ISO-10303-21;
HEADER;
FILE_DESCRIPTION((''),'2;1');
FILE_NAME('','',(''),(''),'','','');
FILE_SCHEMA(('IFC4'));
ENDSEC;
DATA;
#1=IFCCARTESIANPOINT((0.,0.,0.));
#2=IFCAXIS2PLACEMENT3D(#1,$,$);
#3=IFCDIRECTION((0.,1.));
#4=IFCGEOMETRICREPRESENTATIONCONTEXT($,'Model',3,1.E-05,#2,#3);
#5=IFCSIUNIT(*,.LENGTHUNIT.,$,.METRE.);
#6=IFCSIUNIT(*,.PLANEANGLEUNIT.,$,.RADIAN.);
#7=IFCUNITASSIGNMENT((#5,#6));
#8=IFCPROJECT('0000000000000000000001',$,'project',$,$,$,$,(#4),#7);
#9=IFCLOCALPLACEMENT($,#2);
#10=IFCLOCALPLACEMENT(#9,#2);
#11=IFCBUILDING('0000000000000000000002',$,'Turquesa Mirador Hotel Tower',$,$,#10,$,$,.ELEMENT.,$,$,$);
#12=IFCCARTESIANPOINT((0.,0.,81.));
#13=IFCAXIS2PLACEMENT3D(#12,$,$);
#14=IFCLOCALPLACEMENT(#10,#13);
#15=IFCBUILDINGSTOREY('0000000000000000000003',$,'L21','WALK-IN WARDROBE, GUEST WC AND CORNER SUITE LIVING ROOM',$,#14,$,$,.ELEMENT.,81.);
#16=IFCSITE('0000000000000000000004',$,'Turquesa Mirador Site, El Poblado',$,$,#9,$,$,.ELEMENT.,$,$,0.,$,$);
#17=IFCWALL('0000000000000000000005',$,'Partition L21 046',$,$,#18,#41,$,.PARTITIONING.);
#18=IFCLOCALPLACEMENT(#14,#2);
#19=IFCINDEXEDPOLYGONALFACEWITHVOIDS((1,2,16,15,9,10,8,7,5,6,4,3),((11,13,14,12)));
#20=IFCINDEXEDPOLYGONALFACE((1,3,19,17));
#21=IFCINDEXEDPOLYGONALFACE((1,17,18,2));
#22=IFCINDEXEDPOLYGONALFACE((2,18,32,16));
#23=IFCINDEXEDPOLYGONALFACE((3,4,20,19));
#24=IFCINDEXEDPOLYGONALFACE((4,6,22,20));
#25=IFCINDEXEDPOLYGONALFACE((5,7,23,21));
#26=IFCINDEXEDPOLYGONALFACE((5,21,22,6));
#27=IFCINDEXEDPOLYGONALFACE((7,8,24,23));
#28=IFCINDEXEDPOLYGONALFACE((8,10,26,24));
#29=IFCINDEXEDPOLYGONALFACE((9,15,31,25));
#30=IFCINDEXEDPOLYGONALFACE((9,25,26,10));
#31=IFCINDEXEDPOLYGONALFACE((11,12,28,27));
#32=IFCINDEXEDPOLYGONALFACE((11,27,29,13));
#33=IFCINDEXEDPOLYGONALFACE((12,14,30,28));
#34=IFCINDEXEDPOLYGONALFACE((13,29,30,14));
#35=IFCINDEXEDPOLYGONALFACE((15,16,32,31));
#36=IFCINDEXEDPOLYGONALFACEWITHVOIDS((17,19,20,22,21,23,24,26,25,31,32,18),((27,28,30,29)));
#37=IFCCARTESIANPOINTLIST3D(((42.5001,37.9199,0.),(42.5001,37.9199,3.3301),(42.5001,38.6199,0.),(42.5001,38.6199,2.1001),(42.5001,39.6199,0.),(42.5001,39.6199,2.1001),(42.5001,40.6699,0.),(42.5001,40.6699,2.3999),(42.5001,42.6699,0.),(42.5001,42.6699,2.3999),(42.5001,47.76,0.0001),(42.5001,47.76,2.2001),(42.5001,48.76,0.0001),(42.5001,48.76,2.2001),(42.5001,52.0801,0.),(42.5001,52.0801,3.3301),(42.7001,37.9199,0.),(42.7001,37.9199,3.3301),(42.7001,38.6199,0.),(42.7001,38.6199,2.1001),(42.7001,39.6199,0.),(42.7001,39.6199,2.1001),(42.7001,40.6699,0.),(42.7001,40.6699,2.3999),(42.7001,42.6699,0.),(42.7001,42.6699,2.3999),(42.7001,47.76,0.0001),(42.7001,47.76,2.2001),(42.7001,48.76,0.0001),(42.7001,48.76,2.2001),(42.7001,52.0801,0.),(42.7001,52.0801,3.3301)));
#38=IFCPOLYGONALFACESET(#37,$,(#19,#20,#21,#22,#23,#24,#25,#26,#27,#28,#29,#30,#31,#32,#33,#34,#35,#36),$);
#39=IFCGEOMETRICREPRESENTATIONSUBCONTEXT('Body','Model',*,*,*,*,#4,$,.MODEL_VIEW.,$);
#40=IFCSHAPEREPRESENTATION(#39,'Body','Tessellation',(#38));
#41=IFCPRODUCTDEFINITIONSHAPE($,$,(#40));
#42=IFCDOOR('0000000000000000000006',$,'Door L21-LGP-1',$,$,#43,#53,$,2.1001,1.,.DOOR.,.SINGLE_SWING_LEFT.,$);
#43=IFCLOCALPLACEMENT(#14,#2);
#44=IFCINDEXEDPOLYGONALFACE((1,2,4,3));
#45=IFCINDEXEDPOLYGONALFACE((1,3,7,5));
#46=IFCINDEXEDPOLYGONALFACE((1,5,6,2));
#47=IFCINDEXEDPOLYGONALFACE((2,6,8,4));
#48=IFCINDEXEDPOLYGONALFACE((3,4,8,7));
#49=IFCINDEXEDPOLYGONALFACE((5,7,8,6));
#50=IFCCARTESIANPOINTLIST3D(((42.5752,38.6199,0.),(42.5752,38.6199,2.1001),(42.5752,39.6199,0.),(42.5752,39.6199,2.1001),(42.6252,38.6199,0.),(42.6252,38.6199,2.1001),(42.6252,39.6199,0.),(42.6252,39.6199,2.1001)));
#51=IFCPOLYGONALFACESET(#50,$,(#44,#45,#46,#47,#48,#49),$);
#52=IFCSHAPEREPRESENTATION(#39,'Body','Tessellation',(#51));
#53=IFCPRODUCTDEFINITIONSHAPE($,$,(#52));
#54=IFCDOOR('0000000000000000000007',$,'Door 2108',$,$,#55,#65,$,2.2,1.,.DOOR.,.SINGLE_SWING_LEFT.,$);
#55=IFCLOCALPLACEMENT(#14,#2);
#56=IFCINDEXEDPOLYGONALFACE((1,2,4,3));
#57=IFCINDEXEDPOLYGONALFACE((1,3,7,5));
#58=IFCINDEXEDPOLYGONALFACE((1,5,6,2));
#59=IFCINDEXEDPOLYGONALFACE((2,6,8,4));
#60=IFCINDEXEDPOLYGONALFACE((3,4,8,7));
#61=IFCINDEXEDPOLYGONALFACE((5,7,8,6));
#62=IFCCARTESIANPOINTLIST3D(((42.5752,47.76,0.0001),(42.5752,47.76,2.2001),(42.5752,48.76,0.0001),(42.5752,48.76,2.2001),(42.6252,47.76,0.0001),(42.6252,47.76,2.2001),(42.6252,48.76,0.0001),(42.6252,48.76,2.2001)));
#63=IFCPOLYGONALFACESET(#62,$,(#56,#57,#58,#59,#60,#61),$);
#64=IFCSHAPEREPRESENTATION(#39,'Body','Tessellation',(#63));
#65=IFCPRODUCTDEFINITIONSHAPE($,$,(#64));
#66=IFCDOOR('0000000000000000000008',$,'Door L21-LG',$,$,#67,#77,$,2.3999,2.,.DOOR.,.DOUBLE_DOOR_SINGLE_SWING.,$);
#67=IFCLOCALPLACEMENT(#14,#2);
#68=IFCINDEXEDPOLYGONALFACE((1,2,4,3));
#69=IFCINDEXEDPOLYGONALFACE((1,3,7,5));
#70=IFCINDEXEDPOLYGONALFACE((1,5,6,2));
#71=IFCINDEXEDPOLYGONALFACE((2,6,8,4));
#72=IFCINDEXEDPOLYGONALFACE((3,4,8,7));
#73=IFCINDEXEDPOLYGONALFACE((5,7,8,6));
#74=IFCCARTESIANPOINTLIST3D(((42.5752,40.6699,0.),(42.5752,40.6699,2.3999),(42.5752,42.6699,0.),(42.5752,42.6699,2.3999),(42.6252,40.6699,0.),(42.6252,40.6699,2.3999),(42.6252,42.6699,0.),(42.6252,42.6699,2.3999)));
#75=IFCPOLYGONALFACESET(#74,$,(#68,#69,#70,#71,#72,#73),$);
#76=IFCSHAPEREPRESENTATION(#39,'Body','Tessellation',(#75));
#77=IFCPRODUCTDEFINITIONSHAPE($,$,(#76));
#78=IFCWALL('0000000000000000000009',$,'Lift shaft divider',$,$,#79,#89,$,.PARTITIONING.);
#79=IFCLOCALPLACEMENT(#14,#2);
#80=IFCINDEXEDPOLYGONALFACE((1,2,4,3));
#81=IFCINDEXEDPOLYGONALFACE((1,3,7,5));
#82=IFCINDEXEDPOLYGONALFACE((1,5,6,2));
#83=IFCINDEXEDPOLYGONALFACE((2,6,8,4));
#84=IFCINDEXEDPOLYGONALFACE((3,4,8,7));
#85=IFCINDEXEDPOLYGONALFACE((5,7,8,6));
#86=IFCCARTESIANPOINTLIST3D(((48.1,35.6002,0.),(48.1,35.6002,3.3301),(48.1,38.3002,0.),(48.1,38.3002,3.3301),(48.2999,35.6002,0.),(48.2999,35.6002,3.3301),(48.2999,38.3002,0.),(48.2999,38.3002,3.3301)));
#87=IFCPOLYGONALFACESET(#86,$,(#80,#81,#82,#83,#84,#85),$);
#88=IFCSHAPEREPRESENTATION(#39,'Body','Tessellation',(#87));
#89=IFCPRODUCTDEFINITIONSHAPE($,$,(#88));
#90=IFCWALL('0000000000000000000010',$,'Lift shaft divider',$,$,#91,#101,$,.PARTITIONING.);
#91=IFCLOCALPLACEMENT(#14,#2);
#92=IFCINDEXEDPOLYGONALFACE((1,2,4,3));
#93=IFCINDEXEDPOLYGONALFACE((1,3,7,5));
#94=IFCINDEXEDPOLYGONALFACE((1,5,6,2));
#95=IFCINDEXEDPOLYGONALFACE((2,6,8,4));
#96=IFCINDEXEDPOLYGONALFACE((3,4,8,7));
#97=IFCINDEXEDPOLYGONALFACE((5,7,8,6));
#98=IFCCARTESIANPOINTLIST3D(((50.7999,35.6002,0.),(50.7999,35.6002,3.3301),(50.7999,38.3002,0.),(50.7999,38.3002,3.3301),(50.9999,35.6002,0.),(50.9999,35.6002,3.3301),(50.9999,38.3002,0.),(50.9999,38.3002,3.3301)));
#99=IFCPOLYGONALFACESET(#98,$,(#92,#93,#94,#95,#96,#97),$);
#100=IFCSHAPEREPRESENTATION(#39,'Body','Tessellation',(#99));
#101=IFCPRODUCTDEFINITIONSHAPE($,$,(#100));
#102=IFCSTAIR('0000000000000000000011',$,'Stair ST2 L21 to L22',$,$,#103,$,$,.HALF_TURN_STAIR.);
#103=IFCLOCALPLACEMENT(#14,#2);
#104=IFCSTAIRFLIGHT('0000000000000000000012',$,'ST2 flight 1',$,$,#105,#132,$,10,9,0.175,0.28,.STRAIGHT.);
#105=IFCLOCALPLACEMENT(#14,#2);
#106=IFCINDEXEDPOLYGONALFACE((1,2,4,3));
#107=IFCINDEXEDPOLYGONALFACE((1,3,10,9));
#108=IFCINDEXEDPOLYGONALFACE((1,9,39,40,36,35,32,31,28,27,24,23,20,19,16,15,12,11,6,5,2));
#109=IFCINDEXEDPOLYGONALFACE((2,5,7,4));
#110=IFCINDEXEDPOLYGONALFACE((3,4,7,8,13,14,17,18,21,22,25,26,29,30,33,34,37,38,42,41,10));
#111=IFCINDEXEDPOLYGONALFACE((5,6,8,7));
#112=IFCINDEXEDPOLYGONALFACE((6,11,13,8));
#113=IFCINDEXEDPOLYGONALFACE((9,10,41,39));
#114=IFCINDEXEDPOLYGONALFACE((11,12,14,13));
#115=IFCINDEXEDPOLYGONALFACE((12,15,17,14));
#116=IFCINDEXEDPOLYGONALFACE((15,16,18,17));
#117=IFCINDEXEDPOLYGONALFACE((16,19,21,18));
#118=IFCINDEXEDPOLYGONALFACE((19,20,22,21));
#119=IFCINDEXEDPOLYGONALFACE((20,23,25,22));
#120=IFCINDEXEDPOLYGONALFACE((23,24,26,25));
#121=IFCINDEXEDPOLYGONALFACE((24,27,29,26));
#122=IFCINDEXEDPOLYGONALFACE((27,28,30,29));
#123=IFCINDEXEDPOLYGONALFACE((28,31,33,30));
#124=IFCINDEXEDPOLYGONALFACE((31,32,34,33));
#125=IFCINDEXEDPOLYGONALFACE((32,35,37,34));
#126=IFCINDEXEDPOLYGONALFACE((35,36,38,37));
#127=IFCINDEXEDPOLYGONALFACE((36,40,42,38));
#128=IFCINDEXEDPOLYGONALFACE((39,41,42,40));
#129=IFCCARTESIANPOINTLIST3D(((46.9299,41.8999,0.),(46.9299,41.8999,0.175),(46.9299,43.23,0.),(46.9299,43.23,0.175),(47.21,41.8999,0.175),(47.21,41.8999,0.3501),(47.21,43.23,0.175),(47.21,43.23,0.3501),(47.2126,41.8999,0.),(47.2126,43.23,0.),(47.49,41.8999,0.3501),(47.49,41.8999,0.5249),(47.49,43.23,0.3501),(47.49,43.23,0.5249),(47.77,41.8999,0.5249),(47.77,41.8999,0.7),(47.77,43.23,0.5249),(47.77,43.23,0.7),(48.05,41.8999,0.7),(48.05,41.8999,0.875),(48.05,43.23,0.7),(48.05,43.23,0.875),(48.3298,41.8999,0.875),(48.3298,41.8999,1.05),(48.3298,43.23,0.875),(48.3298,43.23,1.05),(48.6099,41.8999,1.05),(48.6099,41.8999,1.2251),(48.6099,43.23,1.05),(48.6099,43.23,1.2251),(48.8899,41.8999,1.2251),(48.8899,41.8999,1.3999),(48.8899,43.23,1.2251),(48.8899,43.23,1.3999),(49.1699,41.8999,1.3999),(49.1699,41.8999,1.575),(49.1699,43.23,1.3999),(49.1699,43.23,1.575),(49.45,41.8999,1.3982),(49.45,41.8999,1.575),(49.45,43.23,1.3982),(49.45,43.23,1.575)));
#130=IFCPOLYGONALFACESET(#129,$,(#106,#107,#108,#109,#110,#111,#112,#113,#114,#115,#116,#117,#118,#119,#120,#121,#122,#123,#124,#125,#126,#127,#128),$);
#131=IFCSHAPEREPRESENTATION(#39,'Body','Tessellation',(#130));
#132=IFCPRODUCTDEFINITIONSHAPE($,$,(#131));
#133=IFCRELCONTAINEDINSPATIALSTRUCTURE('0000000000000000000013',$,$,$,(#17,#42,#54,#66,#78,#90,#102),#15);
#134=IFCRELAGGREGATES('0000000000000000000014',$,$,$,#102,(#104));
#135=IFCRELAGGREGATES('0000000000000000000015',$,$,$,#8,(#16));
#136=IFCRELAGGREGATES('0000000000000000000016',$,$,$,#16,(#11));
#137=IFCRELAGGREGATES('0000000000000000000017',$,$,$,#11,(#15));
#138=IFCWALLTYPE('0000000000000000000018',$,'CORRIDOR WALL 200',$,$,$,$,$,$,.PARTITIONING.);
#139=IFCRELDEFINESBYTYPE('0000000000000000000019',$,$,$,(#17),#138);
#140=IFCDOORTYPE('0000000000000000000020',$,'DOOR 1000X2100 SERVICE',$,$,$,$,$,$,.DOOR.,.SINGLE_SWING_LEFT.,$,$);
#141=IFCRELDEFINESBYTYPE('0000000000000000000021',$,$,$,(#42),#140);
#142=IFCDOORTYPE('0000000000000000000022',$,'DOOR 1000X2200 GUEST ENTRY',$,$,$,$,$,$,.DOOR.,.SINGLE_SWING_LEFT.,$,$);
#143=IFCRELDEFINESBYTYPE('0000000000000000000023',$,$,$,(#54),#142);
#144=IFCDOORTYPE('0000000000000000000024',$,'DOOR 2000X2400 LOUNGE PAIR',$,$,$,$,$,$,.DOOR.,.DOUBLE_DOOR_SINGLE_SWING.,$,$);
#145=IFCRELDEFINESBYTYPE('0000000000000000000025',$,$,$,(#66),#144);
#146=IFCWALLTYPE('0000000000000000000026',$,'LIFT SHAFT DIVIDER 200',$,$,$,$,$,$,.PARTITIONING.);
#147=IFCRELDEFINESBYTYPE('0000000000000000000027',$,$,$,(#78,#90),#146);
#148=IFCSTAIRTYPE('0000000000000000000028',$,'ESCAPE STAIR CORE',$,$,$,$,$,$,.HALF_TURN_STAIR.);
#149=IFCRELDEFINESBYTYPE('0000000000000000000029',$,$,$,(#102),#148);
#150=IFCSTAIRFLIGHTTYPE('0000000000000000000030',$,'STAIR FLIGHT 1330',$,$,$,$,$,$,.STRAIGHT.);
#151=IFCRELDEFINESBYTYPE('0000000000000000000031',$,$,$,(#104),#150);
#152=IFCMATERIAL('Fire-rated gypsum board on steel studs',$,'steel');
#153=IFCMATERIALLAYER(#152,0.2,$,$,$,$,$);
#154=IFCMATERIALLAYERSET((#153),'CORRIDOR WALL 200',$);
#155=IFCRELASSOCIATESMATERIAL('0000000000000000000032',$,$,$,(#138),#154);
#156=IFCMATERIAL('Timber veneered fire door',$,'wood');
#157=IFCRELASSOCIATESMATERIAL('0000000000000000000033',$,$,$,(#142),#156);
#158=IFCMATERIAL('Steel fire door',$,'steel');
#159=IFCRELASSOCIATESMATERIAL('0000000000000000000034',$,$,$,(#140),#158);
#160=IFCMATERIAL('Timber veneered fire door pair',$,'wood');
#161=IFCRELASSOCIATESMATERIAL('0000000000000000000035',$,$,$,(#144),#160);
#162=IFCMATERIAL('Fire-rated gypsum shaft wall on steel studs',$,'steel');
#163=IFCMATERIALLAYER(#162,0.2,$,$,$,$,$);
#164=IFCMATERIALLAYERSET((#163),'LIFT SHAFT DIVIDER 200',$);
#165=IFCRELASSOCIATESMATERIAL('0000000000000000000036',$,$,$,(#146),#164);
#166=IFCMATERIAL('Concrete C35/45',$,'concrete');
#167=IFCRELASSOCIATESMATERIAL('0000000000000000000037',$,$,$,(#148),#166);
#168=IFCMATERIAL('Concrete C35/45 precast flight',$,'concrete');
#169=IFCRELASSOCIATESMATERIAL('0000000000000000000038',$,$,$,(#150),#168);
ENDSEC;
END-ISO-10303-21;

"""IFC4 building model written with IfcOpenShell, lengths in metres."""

from ifc_helpers import new_model, si_unit, direction, frame, frame_2d, origin, place, context, subcontext, project, spatial, polyline, rectangle, outline, extrude, material, layer, layer_set, type_object, element, fill, aggregate, save


model = new_model("IFC4")

# Units and contexts
model_context = context("Model", 3, precision=1e-05, world=origin(), true_north=direction((0.0, 1.0)))
body_context = subcontext(model_context, "Body", "Model", "MODEL_VIEW")
ifc_project = project(units=[si_unit("LENGTHUNIT", "METRE"), si_unit("PLANEANGLEUNIT", "RADIAN")], contexts=[model_context])

# Site, building, storey
site_placement = place(None, origin())
site = spatial("IfcSite", under=ifc_project, at=site_placement, Name="Turquesa Mirador Site, El Poblado", CompositionType="ELEMENT", RefElevation=0.0)
building_placement = place(site_placement, origin())
building = spatial("IfcBuilding", under=site, at=building_placement, Name="Turquesa Mirador Hotel Tower", CompositionType="ELEMENT")
storey_placement = place(building_placement, frame((0.0, 0.0, 81.0)))
storey = spatial("IfcBuildingStorey", under=building, at=storey_placement, Name="L21", Description="WALK-IN WARDROBE, GUEST WC AND CORNER SUITE LIVING ROOM", CompositionType="ELEMENT", Elevation=81.0)

# Shared definitions
ifc_material_1 = material(Name="Fire-rated gypsum board on steel studs", Category="steel")
ifc_layer_1 = layer(ifc_material_1, 0.2)
ifc_layer_set_1 = layer_set([ifc_layer_1], Name="CORRIDOR WALL 200")
wall_type_1 = type_object("IfcWallType", Name="CORRIDOR WALL 200", PredefinedType="PARTITIONING", material=ifc_layer_set_1)
ifc_material_2 = material(Name="Timber veneered fire door", Category="wood")
door_type_1 = type_object("IfcDoorType", Name="DOOR 1000X2200 GUEST ENTRY", OperationType="SINGLE_SWING_LEFT", PredefinedType="DOOR", material=ifc_material_2)

# Wall, openings, doors
wall_1_placement = place(storey_placement, frame((42.6001, 37.9199, 0.0), z_axis=(0.0, 0.0, 1.0), x_axis=(0.0, 1.0, 0.0)))
wall_1 = element("IfcWall", 1, at=wall_1_placement, inside=storey, type_object=wall_type_1, Name="Partition L21 046", PredefinedType="PARTITIONING", context=body_context, shape_type="SweptSolid", body=[
    extrude(rectangle(XDim=14.1602, YDim=0.2, at=frame_2d((7.0801, 0.0))), origin(), (0.0, 0.0, 1.0), 3.3301),
])
opening_1_placement = place(wall_1_placement, frame((9.8401, 0.0, 0.0)))
opening_1 = element("IfcOpeningElement", 2, at=opening_1_placement, cuts=wall_1, PredefinedType="OPENING", context=body_context, shape_type="SweptSolid", body=[
    extrude(rectangle(XDim=1.0, YDim=2.2, at=frame_2d((0.5, 1.1001))), frame((0.0, 0.1099, 0.0), z_axis=(0.0, -1.0, 0.0), x_axis=(1.0, 0.0, 0.0)), (0.0, 0.0, 1.0), 0.22),
])
opening_2_placement = place(wall_1_placement, frame((2.75, 0.0, 0.0)))
opening_2 = element("IfcOpeningElement", 3, at=opening_2_placement, cuts=wall_1, PredefinedType="OPENING", context=body_context, shape_type="SweptSolid", body=[
    extrude(rectangle(XDim=2.0, YDim=2.3999, at=frame_2d((1.0, 1.2))), frame((0.0, 0.1099, 0.0), z_axis=(0.0, -1.0, 0.0), x_axis=(1.0, 0.0, 0.0)), (0.0, 0.0, 1.0), 0.22),
])
opening_3_placement = place(wall_1_placement, frame((0.7, 0.0, 0.0)))
opening_3 = element("IfcOpeningElement", 4, at=opening_3_placement, cuts=wall_1, PredefinedType="OPENING", context=body_context, shape_type="SweptSolid", body=[
    extrude(rectangle(XDim=1.0, YDim=2.1001, at=frame_2d((0.5, 1.05))), frame((0.0, 0.1099, 0.0), z_axis=(0.0, -1.0, 0.0), x_axis=(1.0, 0.0, 0.0)), (0.0, 0.0, 1.0), 0.22),
])
ifc_material_3 = material(Name="Steel fire door", Category="steel")
door_type_2 = type_object("IfcDoorType", Name="DOOR 1000X2100 SERVICE", OperationType="SINGLE_SWING_LEFT", PredefinedType="DOOR", material=ifc_material_3)
door_1_placement = place(opening_3_placement, origin())
door_1 = element("IfcDoor", 5, at=door_1_placement, inside=storey, type_object=door_type_2, Name="Door L21-LGP-1", OperationType="SINGLE_SWING_LEFT", OverallHeight=2.1001, OverallWidth=1.0, PredefinedType="DOOR", context=body_context, shape_type="SweptSolid", body=[
    extrude(rectangle(XDim=1.0, YDim=2.1001, at=frame_2d((0.5, 1.05))), frame((0.0, 0.0249, 0.0), z_axis=(0.0, -1.0, 0.0), x_axis=(1.0, 0.0, 0.0)), (0.0, 0.0, 1.0), 0.05),
])
fill(opening_3, door_1)
door_2_placement = place(opening_1_placement, origin())
door_2 = element("IfcDoor", 6, at=door_2_placement, inside=storey, type_object=door_type_1, Name="Door 2108", OperationType="SINGLE_SWING_LEFT", OverallHeight=2.2, OverallWidth=1.0, PredefinedType="DOOR", context=body_context, shape_type="SweptSolid", body=[
    extrude(rectangle(XDim=1.0, YDim=2.2, at=frame_2d((0.5, 1.1001))), frame((0.0, 0.0249, 0.0), z_axis=(0.0, -1.0, 0.0), x_axis=(1.0, 0.0, 0.0)), (0.0, 0.0, 1.0), 0.05),
])
fill(opening_1, door_2)
ifc_material_4 = material(Name="Timber veneered fire door pair", Category="wood")
door_type_3 = type_object("IfcDoorType", Name="DOOR 2000X2400 LOUNGE PAIR", OperationType="DOUBLE_DOOR_SINGLE_SWING", PredefinedType="DOOR", material=ifc_material_4)
door_3_placement = place(opening_2_placement, origin())
door_3 = element("IfcDoor", 7, at=door_3_placement, inside=storey, type_object=door_type_3, Name="Door L21-LG", OperationType="DOUBLE_DOOR_SINGLE_SWING", OverallHeight=2.3999, OverallWidth=2.0, PredefinedType="DOOR", context=body_context, shape_type="SweptSolid", body=[
    extrude(rectangle(XDim=2.0, YDim=2.3999, at=frame_2d((1.0, 1.2))), frame((0.0, 0.0249, 0.0), z_axis=(0.0, -1.0, 0.0), x_axis=(1.0, 0.0, 0.0)), (0.0, 0.0, 1.0), 0.05),
])
fill(opening_2, door_3)

# Walls
ifc_material_5 = material(Name="Fire-rated gypsum shaft wall on steel studs", Category="steel")
ifc_layer_2 = layer(ifc_material_5, 0.2)
ifc_layer_set_2 = layer_set([ifc_layer_2], Name="LIFT SHAFT DIVIDER 200")
wall_type_2 = type_object("IfcWallType", Name="LIFT SHAFT DIVIDER 200", PredefinedType="PARTITIONING", material=ifc_layer_set_2)
for number, where, z_axis, x_axis, name in (
    (8, (48.2, 35.6001, 0.0), (0.0, 0.0, 1.0), (0.0, 1.0, 0.0), "Lift shaft divider"),
    (9, (50.8999, 35.6001, 0.0), (0.0, 0.0, 1.0), (0.0, 1.0, 0.0), "Lift shaft divider"),
):
    element("IfcWall", number, at=place(storey_placement, frame(where, z_axis=z_axis, x_axis=x_axis)), inside=storey, type_object=wall_type_2, Name=name, PredefinedType="PARTITIONING", context=body_context, shape_type="SweptSolid", body=[
        extrude(rectangle(XDim=2.7, YDim=0.2, at=frame_2d((1.3501, 0.0))), origin(), (0.0, 0.0, 1.0), 3.3301),
    ])

# Stair, stair flight
ifc_material_6 = material(Name="Concrete C35/45", Category="concrete")
stair_type = type_object("IfcStairType", Name="ESCAPE STAIR CORE", PredefinedType="HALF_TURN_STAIR", material=ifc_material_6)
stair_placement = place(storey_placement, origin())
stair = element("IfcStair", 10, at=stair_placement, inside=storey, type_object=stair_type, Name="Stair ST2 L21 to L22", PredefinedType="HALF_TURN_STAIR")
ifc_material_7 = material(Name="Concrete C35/45 precast flight", Category="concrete")
stair_flight_type = type_object("IfcStairFlightType", Name="STAIR FLIGHT 1330", PredefinedType="STRAIGHT", material=ifc_material_7)
stair_flight_placement = place(storey_placement, frame((46.9299, 42.5649, 0.0), z_axis=(0.0, 0.0, 1.0), x_axis=(1.0, 0.0, 0.0)))
stair_flight = element("IfcStairFlight", 11, at=stair_flight_placement, type_object=stair_flight_type, Name="ST2 flight 1", NumberOfRisers=10, NumberOfTreads=9, PredefinedType="STRAIGHT", RiserHeight=0.175, TreadLength=0.28, context=body_context, shape_type="SweptSolid", body=[
    extrude(outline(polyline([(0.0, 0.0), (0.0, 0.175), (0.28, 0.175), (0.28, 0.3501), (0.5601, 0.3501), (0.5601, 0.5249), (0.8401, 0.5249), (0.8401, 0.7), (1.1201, 0.7), (1.1201, 0.875), (1.3999, 0.875), (1.3999, 1.05), (1.6799, 1.05), (1.6799, 1.2251), (1.96, 1.2251), (1.96, 1.3999), (2.24, 1.3999), (2.24, 1.575), (2.52, 1.575), (2.52, 1.75), (2.52, 1.3982), (0.2827, 0.0), (0.0, 0.0)])), frame((0.0, 0.665, 0.0), z_axis=(0.0, -1.0, 0.0), x_axis=(1.0, 0.0, 0.0)), (0.0, 0.0, 1.0), 1.3301),
])
aggregate(stair, [stair_flight])

save(model, "model.ifc")
